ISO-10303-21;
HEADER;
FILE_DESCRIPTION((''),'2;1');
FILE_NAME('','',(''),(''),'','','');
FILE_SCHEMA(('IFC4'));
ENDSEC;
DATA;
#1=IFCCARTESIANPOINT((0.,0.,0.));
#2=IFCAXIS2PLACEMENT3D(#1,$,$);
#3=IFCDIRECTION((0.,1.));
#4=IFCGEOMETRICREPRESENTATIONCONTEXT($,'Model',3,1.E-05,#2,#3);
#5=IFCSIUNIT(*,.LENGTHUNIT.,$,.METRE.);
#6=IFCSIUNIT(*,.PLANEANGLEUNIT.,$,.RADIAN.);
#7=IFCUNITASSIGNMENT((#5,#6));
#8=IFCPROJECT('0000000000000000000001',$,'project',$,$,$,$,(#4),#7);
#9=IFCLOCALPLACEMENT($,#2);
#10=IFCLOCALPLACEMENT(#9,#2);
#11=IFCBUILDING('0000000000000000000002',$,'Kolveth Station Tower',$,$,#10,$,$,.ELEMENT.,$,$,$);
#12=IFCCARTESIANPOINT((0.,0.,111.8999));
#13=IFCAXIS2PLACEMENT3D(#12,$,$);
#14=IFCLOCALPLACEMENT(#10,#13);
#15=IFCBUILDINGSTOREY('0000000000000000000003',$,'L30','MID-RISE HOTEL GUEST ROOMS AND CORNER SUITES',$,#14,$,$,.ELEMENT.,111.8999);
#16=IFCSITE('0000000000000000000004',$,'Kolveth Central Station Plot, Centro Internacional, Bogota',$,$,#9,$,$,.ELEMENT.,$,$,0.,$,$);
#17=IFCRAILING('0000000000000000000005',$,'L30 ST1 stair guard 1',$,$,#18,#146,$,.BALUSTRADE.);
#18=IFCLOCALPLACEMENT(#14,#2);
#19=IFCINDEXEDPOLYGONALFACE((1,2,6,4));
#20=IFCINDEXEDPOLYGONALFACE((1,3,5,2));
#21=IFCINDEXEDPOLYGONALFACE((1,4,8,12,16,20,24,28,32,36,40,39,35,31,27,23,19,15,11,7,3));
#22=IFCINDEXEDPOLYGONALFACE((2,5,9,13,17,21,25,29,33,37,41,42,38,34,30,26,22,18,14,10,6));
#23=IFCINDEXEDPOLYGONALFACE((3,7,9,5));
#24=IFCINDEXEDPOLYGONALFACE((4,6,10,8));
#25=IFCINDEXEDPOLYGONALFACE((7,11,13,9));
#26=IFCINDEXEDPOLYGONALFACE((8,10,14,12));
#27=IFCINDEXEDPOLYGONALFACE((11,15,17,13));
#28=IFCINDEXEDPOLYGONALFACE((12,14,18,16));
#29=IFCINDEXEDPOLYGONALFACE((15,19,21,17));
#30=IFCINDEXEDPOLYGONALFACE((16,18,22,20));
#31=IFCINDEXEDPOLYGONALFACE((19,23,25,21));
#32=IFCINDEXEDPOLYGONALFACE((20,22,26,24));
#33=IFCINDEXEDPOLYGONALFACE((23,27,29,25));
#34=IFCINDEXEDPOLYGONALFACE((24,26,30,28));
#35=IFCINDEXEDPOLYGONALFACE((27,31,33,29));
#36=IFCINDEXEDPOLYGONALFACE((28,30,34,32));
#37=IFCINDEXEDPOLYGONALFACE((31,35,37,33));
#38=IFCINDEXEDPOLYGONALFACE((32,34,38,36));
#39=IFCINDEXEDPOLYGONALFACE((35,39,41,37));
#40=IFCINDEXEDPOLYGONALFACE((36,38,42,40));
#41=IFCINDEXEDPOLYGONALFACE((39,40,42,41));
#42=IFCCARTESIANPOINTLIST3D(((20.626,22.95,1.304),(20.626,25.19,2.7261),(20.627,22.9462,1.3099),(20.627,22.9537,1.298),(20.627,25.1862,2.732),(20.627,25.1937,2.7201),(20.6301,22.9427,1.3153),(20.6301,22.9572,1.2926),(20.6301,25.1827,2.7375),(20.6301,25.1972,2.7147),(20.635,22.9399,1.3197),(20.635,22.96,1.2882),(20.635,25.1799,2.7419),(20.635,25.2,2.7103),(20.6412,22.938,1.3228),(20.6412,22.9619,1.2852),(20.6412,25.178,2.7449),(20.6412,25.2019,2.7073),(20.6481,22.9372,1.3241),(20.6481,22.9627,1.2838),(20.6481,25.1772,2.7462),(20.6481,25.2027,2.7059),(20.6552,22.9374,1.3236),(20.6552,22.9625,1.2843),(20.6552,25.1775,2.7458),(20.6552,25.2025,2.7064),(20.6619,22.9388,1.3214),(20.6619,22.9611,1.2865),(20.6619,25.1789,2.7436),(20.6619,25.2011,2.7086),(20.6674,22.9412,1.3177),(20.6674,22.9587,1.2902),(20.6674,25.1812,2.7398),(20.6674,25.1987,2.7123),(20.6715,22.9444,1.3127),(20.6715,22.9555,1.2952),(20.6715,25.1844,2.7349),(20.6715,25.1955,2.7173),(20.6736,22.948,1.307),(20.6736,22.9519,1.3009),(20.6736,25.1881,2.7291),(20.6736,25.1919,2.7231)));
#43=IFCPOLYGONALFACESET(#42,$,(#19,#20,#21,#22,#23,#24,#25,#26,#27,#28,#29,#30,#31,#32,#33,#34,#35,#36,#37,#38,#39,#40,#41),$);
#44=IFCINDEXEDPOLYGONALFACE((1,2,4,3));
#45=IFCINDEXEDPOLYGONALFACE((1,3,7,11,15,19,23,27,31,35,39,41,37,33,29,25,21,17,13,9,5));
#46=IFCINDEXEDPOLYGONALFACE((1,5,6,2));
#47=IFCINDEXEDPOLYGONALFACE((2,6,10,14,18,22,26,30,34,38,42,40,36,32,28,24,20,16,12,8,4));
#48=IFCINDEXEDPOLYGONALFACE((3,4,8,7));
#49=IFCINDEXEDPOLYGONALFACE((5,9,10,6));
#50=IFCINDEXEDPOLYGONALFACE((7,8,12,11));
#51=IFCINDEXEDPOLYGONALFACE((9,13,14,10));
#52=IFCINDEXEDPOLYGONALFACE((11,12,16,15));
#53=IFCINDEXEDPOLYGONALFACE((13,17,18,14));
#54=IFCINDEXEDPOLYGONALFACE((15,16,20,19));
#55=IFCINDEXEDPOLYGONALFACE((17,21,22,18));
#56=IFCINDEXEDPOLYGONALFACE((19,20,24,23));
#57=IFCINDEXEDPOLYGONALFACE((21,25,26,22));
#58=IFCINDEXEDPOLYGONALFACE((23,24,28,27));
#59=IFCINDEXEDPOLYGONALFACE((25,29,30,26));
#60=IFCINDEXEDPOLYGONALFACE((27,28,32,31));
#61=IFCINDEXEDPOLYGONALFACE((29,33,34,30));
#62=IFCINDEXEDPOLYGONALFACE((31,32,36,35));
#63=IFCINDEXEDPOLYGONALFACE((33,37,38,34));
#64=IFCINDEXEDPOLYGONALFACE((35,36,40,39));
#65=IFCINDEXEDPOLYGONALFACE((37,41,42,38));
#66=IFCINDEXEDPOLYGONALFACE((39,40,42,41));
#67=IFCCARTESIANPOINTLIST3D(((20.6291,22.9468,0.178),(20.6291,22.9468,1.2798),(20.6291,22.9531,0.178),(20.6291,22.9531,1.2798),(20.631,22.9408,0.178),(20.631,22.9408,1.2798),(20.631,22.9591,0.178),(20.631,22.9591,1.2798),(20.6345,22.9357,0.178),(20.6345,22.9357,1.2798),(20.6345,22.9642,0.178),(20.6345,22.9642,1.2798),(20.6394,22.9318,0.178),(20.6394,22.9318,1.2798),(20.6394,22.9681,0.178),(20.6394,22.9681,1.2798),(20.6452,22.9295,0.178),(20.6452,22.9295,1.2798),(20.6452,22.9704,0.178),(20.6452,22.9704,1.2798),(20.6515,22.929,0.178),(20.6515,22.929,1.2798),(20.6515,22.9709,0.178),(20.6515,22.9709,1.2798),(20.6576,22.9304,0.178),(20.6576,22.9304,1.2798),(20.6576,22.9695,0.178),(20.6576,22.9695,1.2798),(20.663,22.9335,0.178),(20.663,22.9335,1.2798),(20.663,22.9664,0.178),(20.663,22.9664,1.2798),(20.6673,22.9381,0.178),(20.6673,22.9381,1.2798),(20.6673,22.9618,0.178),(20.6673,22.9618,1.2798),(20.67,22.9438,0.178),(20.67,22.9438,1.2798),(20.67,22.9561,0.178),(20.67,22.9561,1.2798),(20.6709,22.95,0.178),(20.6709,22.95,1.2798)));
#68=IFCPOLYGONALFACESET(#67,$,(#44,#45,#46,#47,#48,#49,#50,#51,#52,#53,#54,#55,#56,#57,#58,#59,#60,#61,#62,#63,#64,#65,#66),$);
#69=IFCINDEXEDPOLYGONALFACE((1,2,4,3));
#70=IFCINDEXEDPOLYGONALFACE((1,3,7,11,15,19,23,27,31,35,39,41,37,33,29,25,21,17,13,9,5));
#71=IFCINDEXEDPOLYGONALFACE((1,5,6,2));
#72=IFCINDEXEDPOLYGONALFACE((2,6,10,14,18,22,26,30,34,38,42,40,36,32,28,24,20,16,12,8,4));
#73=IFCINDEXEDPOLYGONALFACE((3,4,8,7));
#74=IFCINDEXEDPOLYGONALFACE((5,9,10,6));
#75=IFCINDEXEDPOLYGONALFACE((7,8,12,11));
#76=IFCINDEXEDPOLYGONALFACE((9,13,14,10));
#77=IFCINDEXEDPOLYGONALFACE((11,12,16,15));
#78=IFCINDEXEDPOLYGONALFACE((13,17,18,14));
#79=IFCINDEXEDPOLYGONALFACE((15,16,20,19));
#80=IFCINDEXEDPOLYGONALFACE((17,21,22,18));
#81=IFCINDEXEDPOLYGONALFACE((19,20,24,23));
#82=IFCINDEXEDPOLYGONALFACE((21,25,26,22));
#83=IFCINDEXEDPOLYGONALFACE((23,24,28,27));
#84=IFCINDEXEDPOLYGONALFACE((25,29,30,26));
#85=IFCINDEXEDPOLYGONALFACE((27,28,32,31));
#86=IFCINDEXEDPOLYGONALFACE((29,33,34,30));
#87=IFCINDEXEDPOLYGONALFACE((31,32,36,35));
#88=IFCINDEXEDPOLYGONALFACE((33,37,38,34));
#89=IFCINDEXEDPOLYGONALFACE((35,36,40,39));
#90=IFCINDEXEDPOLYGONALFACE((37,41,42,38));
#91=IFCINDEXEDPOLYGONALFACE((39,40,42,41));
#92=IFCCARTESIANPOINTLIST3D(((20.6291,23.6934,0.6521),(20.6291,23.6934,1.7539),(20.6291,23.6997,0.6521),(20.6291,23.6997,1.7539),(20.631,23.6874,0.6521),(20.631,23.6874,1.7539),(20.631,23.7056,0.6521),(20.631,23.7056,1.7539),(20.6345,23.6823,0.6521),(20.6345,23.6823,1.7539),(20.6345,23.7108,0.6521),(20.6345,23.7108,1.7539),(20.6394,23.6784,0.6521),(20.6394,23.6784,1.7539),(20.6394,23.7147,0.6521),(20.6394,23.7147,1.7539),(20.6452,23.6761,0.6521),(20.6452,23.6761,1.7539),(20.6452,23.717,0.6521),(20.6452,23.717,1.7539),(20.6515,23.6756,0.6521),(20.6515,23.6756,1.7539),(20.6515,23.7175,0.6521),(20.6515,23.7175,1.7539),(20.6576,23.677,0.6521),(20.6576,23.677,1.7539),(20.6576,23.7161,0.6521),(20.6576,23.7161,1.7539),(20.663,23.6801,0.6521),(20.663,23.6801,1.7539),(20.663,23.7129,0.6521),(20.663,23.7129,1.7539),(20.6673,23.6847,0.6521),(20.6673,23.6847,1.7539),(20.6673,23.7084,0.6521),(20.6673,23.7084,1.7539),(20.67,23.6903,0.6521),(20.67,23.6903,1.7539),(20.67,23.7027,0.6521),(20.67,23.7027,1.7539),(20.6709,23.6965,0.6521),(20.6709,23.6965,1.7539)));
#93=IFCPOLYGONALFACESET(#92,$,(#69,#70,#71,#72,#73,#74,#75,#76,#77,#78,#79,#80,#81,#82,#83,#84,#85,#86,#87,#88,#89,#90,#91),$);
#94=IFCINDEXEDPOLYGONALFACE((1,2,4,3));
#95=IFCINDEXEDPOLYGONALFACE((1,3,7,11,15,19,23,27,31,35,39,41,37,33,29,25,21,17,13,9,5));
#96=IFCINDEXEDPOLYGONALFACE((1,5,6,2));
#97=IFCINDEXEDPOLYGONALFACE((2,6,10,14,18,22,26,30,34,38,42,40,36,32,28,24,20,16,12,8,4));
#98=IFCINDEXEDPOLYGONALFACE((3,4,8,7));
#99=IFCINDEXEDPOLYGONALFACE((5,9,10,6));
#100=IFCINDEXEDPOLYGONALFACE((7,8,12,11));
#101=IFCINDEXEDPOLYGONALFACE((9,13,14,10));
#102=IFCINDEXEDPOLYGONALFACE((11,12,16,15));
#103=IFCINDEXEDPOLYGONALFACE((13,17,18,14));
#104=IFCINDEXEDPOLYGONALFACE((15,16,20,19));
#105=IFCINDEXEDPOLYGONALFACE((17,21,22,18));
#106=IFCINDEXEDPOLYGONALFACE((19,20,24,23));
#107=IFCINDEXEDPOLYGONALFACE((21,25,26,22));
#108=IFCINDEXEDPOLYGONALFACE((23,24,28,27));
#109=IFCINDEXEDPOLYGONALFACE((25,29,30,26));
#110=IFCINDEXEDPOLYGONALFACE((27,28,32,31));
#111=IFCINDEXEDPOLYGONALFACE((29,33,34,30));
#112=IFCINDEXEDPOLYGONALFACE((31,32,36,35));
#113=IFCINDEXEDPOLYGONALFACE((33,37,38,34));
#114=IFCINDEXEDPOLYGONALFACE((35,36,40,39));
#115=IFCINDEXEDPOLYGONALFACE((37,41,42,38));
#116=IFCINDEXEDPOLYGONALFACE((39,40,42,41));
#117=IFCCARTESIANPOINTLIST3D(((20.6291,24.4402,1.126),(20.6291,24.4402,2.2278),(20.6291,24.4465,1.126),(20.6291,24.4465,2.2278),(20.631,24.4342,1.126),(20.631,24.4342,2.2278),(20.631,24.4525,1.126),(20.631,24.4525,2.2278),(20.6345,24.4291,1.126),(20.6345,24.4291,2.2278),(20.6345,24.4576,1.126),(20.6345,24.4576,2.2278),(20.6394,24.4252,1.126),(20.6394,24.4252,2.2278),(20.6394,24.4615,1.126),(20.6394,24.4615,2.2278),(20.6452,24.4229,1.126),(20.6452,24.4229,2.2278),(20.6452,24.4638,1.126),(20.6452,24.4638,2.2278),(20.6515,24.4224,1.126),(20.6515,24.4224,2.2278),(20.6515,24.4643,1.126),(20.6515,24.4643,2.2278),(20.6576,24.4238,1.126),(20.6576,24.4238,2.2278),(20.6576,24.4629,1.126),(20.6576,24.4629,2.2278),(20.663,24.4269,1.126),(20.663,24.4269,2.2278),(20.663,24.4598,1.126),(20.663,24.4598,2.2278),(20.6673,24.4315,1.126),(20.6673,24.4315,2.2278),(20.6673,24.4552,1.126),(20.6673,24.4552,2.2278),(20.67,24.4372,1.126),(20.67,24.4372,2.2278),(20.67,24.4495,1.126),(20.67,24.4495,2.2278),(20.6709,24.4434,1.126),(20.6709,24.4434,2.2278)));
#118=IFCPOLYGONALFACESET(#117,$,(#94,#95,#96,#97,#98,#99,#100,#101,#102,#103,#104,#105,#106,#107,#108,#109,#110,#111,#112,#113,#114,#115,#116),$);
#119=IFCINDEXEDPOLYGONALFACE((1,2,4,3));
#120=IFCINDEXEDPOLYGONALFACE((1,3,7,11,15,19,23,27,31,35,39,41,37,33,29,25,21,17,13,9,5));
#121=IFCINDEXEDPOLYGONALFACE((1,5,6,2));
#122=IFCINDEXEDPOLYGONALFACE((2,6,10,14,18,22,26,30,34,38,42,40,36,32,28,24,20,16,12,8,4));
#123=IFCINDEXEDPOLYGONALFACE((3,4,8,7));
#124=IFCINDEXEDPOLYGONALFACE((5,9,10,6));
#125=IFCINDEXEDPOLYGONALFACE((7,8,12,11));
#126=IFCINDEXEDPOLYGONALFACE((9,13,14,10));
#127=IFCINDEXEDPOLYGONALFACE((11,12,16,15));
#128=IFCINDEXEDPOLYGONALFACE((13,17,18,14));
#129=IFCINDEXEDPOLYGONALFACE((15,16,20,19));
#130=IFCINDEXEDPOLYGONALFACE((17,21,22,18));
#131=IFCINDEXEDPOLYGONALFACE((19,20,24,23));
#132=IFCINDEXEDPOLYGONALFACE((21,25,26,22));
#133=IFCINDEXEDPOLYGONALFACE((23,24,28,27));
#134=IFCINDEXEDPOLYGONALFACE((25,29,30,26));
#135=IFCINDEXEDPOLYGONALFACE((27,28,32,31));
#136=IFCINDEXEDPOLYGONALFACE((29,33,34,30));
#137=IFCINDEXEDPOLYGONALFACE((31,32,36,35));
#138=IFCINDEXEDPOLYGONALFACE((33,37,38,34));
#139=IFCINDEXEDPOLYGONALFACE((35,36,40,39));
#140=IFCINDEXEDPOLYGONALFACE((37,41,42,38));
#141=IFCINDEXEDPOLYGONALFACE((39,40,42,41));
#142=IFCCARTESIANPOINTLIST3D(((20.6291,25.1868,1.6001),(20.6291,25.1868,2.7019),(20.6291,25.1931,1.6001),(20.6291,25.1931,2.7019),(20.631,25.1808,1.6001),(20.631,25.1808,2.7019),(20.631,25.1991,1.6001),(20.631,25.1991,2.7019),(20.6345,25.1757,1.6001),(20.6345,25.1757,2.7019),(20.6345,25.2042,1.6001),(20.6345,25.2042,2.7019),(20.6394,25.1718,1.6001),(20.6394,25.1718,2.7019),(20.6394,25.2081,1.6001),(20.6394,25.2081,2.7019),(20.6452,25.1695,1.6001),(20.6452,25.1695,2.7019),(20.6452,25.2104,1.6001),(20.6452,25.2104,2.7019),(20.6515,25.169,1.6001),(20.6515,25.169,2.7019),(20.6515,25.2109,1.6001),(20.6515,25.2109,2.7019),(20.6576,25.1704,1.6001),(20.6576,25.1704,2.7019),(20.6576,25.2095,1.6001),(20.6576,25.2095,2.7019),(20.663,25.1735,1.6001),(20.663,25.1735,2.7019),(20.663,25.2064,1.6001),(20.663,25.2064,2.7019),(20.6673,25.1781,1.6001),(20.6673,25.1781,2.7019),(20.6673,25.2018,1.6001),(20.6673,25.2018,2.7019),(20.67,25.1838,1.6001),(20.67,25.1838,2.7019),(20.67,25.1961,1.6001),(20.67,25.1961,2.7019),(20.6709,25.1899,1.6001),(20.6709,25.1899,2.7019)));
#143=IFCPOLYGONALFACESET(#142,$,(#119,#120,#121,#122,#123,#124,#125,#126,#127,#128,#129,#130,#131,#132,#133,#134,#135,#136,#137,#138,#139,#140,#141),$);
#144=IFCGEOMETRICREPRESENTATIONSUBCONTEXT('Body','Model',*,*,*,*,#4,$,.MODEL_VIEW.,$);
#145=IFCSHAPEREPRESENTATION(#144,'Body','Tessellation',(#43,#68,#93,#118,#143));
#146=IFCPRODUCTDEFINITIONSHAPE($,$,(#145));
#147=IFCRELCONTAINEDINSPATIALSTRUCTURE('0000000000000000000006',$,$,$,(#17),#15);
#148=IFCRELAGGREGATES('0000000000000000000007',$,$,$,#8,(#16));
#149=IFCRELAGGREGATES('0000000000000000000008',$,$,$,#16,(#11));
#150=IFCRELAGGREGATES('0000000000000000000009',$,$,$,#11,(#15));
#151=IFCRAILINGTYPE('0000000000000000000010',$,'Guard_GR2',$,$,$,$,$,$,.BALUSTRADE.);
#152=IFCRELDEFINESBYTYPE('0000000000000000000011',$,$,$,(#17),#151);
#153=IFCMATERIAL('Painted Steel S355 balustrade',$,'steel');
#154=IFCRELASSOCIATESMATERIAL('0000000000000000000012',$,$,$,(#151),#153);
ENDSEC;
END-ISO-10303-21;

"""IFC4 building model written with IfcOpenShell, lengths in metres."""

from ifc_helpers import new_model, si_unit, direction, frame, origin, origin_2d, place, context, subcontext, project, spatial, circle, extrude, material, type_object, element, save


model = new_model("IFC4")

# Units and contexts
model_context = context("Model", 3, precision=1e-05, world=origin(), true_north=direction((0.0, 1.0)))
body_context = subcontext(model_context, "Body", "Model", "MODEL_VIEW")
ifc_project = project(units=[si_unit("LENGTHUNIT", "METRE"), si_unit("PLANEANGLEUNIT", "RADIAN")], contexts=[model_context])

# Site, building, storey
site_placement = place(None, origin())
site = spatial("IfcSite", under=ifc_project, at=site_placement, Name="Kolveth Central Station Plot, Centro Internacional, Bogota", CompositionType="ELEMENT", RefElevation=0.0)
building_placement = place(site_placement, origin())
building = spatial("IfcBuilding", under=site, at=building_placement, Name="Kolveth Station Tower", CompositionType="ELEMENT")
storey_placement = place(building_placement, frame((0.0, 0.0, 111.8999)))
storey = spatial("IfcBuildingStorey", under=building, at=storey_placement, Name="L30", Description="MID-RISE HOTEL GUEST ROOMS AND CORNER SUITES", CompositionType="ELEMENT", Elevation=111.8999)

# Railing
ifc_material_1 = material(Name="Painted Steel S355 balustrade", Category="steel")
railing_type_1 = type_object("IfcRailingType", Name="Guard_GR2", PredefinedType="BALUSTRADE", material=ifc_material_1)
railing_1_placement = place(storey_placement, frame((20.6499, 22.95, 0.178)))
element("IfcRailing", 1, at=railing_1_placement, inside=storey, type_object=railing_type_1, Name="L30 ST1 stair guard 1", PredefinedType="BALUSTRADE", context=body_context, shape_type="SweptSolid", body=[
    extrude(circle(Radius=0.0239, at=origin_2d()), frame((0.0, 0.0, 1.126), z_axis=(0.0, 0.844229, 0.535982), x_axis=(-1.0, 0.0, 0.0)), (0.0, 0.0, 1.0), 2.6533),
    extrude(circle(Radius=0.021, at=origin_2d()), origin(), (0.0, 0.0, 1.0), 1.1018),
    extrude(circle(Radius=0.021, at=origin_2d()), frame((0.0, 0.7466, 0.4741)), (0.0, 0.0, 1.0), 1.1018),
    extrude(circle(Radius=0.021, at=origin_2d()), frame((0.0, 1.4934, 0.948)), (0.0, 0.0, 1.0), 1.1018),
    extrude(circle(Radius=0.021, at=origin_2d()), frame((0.0, 2.24, 1.4221)), (0.0, 0.0, 1.0), 1.1018),
])

save(model, "model.ifc")
